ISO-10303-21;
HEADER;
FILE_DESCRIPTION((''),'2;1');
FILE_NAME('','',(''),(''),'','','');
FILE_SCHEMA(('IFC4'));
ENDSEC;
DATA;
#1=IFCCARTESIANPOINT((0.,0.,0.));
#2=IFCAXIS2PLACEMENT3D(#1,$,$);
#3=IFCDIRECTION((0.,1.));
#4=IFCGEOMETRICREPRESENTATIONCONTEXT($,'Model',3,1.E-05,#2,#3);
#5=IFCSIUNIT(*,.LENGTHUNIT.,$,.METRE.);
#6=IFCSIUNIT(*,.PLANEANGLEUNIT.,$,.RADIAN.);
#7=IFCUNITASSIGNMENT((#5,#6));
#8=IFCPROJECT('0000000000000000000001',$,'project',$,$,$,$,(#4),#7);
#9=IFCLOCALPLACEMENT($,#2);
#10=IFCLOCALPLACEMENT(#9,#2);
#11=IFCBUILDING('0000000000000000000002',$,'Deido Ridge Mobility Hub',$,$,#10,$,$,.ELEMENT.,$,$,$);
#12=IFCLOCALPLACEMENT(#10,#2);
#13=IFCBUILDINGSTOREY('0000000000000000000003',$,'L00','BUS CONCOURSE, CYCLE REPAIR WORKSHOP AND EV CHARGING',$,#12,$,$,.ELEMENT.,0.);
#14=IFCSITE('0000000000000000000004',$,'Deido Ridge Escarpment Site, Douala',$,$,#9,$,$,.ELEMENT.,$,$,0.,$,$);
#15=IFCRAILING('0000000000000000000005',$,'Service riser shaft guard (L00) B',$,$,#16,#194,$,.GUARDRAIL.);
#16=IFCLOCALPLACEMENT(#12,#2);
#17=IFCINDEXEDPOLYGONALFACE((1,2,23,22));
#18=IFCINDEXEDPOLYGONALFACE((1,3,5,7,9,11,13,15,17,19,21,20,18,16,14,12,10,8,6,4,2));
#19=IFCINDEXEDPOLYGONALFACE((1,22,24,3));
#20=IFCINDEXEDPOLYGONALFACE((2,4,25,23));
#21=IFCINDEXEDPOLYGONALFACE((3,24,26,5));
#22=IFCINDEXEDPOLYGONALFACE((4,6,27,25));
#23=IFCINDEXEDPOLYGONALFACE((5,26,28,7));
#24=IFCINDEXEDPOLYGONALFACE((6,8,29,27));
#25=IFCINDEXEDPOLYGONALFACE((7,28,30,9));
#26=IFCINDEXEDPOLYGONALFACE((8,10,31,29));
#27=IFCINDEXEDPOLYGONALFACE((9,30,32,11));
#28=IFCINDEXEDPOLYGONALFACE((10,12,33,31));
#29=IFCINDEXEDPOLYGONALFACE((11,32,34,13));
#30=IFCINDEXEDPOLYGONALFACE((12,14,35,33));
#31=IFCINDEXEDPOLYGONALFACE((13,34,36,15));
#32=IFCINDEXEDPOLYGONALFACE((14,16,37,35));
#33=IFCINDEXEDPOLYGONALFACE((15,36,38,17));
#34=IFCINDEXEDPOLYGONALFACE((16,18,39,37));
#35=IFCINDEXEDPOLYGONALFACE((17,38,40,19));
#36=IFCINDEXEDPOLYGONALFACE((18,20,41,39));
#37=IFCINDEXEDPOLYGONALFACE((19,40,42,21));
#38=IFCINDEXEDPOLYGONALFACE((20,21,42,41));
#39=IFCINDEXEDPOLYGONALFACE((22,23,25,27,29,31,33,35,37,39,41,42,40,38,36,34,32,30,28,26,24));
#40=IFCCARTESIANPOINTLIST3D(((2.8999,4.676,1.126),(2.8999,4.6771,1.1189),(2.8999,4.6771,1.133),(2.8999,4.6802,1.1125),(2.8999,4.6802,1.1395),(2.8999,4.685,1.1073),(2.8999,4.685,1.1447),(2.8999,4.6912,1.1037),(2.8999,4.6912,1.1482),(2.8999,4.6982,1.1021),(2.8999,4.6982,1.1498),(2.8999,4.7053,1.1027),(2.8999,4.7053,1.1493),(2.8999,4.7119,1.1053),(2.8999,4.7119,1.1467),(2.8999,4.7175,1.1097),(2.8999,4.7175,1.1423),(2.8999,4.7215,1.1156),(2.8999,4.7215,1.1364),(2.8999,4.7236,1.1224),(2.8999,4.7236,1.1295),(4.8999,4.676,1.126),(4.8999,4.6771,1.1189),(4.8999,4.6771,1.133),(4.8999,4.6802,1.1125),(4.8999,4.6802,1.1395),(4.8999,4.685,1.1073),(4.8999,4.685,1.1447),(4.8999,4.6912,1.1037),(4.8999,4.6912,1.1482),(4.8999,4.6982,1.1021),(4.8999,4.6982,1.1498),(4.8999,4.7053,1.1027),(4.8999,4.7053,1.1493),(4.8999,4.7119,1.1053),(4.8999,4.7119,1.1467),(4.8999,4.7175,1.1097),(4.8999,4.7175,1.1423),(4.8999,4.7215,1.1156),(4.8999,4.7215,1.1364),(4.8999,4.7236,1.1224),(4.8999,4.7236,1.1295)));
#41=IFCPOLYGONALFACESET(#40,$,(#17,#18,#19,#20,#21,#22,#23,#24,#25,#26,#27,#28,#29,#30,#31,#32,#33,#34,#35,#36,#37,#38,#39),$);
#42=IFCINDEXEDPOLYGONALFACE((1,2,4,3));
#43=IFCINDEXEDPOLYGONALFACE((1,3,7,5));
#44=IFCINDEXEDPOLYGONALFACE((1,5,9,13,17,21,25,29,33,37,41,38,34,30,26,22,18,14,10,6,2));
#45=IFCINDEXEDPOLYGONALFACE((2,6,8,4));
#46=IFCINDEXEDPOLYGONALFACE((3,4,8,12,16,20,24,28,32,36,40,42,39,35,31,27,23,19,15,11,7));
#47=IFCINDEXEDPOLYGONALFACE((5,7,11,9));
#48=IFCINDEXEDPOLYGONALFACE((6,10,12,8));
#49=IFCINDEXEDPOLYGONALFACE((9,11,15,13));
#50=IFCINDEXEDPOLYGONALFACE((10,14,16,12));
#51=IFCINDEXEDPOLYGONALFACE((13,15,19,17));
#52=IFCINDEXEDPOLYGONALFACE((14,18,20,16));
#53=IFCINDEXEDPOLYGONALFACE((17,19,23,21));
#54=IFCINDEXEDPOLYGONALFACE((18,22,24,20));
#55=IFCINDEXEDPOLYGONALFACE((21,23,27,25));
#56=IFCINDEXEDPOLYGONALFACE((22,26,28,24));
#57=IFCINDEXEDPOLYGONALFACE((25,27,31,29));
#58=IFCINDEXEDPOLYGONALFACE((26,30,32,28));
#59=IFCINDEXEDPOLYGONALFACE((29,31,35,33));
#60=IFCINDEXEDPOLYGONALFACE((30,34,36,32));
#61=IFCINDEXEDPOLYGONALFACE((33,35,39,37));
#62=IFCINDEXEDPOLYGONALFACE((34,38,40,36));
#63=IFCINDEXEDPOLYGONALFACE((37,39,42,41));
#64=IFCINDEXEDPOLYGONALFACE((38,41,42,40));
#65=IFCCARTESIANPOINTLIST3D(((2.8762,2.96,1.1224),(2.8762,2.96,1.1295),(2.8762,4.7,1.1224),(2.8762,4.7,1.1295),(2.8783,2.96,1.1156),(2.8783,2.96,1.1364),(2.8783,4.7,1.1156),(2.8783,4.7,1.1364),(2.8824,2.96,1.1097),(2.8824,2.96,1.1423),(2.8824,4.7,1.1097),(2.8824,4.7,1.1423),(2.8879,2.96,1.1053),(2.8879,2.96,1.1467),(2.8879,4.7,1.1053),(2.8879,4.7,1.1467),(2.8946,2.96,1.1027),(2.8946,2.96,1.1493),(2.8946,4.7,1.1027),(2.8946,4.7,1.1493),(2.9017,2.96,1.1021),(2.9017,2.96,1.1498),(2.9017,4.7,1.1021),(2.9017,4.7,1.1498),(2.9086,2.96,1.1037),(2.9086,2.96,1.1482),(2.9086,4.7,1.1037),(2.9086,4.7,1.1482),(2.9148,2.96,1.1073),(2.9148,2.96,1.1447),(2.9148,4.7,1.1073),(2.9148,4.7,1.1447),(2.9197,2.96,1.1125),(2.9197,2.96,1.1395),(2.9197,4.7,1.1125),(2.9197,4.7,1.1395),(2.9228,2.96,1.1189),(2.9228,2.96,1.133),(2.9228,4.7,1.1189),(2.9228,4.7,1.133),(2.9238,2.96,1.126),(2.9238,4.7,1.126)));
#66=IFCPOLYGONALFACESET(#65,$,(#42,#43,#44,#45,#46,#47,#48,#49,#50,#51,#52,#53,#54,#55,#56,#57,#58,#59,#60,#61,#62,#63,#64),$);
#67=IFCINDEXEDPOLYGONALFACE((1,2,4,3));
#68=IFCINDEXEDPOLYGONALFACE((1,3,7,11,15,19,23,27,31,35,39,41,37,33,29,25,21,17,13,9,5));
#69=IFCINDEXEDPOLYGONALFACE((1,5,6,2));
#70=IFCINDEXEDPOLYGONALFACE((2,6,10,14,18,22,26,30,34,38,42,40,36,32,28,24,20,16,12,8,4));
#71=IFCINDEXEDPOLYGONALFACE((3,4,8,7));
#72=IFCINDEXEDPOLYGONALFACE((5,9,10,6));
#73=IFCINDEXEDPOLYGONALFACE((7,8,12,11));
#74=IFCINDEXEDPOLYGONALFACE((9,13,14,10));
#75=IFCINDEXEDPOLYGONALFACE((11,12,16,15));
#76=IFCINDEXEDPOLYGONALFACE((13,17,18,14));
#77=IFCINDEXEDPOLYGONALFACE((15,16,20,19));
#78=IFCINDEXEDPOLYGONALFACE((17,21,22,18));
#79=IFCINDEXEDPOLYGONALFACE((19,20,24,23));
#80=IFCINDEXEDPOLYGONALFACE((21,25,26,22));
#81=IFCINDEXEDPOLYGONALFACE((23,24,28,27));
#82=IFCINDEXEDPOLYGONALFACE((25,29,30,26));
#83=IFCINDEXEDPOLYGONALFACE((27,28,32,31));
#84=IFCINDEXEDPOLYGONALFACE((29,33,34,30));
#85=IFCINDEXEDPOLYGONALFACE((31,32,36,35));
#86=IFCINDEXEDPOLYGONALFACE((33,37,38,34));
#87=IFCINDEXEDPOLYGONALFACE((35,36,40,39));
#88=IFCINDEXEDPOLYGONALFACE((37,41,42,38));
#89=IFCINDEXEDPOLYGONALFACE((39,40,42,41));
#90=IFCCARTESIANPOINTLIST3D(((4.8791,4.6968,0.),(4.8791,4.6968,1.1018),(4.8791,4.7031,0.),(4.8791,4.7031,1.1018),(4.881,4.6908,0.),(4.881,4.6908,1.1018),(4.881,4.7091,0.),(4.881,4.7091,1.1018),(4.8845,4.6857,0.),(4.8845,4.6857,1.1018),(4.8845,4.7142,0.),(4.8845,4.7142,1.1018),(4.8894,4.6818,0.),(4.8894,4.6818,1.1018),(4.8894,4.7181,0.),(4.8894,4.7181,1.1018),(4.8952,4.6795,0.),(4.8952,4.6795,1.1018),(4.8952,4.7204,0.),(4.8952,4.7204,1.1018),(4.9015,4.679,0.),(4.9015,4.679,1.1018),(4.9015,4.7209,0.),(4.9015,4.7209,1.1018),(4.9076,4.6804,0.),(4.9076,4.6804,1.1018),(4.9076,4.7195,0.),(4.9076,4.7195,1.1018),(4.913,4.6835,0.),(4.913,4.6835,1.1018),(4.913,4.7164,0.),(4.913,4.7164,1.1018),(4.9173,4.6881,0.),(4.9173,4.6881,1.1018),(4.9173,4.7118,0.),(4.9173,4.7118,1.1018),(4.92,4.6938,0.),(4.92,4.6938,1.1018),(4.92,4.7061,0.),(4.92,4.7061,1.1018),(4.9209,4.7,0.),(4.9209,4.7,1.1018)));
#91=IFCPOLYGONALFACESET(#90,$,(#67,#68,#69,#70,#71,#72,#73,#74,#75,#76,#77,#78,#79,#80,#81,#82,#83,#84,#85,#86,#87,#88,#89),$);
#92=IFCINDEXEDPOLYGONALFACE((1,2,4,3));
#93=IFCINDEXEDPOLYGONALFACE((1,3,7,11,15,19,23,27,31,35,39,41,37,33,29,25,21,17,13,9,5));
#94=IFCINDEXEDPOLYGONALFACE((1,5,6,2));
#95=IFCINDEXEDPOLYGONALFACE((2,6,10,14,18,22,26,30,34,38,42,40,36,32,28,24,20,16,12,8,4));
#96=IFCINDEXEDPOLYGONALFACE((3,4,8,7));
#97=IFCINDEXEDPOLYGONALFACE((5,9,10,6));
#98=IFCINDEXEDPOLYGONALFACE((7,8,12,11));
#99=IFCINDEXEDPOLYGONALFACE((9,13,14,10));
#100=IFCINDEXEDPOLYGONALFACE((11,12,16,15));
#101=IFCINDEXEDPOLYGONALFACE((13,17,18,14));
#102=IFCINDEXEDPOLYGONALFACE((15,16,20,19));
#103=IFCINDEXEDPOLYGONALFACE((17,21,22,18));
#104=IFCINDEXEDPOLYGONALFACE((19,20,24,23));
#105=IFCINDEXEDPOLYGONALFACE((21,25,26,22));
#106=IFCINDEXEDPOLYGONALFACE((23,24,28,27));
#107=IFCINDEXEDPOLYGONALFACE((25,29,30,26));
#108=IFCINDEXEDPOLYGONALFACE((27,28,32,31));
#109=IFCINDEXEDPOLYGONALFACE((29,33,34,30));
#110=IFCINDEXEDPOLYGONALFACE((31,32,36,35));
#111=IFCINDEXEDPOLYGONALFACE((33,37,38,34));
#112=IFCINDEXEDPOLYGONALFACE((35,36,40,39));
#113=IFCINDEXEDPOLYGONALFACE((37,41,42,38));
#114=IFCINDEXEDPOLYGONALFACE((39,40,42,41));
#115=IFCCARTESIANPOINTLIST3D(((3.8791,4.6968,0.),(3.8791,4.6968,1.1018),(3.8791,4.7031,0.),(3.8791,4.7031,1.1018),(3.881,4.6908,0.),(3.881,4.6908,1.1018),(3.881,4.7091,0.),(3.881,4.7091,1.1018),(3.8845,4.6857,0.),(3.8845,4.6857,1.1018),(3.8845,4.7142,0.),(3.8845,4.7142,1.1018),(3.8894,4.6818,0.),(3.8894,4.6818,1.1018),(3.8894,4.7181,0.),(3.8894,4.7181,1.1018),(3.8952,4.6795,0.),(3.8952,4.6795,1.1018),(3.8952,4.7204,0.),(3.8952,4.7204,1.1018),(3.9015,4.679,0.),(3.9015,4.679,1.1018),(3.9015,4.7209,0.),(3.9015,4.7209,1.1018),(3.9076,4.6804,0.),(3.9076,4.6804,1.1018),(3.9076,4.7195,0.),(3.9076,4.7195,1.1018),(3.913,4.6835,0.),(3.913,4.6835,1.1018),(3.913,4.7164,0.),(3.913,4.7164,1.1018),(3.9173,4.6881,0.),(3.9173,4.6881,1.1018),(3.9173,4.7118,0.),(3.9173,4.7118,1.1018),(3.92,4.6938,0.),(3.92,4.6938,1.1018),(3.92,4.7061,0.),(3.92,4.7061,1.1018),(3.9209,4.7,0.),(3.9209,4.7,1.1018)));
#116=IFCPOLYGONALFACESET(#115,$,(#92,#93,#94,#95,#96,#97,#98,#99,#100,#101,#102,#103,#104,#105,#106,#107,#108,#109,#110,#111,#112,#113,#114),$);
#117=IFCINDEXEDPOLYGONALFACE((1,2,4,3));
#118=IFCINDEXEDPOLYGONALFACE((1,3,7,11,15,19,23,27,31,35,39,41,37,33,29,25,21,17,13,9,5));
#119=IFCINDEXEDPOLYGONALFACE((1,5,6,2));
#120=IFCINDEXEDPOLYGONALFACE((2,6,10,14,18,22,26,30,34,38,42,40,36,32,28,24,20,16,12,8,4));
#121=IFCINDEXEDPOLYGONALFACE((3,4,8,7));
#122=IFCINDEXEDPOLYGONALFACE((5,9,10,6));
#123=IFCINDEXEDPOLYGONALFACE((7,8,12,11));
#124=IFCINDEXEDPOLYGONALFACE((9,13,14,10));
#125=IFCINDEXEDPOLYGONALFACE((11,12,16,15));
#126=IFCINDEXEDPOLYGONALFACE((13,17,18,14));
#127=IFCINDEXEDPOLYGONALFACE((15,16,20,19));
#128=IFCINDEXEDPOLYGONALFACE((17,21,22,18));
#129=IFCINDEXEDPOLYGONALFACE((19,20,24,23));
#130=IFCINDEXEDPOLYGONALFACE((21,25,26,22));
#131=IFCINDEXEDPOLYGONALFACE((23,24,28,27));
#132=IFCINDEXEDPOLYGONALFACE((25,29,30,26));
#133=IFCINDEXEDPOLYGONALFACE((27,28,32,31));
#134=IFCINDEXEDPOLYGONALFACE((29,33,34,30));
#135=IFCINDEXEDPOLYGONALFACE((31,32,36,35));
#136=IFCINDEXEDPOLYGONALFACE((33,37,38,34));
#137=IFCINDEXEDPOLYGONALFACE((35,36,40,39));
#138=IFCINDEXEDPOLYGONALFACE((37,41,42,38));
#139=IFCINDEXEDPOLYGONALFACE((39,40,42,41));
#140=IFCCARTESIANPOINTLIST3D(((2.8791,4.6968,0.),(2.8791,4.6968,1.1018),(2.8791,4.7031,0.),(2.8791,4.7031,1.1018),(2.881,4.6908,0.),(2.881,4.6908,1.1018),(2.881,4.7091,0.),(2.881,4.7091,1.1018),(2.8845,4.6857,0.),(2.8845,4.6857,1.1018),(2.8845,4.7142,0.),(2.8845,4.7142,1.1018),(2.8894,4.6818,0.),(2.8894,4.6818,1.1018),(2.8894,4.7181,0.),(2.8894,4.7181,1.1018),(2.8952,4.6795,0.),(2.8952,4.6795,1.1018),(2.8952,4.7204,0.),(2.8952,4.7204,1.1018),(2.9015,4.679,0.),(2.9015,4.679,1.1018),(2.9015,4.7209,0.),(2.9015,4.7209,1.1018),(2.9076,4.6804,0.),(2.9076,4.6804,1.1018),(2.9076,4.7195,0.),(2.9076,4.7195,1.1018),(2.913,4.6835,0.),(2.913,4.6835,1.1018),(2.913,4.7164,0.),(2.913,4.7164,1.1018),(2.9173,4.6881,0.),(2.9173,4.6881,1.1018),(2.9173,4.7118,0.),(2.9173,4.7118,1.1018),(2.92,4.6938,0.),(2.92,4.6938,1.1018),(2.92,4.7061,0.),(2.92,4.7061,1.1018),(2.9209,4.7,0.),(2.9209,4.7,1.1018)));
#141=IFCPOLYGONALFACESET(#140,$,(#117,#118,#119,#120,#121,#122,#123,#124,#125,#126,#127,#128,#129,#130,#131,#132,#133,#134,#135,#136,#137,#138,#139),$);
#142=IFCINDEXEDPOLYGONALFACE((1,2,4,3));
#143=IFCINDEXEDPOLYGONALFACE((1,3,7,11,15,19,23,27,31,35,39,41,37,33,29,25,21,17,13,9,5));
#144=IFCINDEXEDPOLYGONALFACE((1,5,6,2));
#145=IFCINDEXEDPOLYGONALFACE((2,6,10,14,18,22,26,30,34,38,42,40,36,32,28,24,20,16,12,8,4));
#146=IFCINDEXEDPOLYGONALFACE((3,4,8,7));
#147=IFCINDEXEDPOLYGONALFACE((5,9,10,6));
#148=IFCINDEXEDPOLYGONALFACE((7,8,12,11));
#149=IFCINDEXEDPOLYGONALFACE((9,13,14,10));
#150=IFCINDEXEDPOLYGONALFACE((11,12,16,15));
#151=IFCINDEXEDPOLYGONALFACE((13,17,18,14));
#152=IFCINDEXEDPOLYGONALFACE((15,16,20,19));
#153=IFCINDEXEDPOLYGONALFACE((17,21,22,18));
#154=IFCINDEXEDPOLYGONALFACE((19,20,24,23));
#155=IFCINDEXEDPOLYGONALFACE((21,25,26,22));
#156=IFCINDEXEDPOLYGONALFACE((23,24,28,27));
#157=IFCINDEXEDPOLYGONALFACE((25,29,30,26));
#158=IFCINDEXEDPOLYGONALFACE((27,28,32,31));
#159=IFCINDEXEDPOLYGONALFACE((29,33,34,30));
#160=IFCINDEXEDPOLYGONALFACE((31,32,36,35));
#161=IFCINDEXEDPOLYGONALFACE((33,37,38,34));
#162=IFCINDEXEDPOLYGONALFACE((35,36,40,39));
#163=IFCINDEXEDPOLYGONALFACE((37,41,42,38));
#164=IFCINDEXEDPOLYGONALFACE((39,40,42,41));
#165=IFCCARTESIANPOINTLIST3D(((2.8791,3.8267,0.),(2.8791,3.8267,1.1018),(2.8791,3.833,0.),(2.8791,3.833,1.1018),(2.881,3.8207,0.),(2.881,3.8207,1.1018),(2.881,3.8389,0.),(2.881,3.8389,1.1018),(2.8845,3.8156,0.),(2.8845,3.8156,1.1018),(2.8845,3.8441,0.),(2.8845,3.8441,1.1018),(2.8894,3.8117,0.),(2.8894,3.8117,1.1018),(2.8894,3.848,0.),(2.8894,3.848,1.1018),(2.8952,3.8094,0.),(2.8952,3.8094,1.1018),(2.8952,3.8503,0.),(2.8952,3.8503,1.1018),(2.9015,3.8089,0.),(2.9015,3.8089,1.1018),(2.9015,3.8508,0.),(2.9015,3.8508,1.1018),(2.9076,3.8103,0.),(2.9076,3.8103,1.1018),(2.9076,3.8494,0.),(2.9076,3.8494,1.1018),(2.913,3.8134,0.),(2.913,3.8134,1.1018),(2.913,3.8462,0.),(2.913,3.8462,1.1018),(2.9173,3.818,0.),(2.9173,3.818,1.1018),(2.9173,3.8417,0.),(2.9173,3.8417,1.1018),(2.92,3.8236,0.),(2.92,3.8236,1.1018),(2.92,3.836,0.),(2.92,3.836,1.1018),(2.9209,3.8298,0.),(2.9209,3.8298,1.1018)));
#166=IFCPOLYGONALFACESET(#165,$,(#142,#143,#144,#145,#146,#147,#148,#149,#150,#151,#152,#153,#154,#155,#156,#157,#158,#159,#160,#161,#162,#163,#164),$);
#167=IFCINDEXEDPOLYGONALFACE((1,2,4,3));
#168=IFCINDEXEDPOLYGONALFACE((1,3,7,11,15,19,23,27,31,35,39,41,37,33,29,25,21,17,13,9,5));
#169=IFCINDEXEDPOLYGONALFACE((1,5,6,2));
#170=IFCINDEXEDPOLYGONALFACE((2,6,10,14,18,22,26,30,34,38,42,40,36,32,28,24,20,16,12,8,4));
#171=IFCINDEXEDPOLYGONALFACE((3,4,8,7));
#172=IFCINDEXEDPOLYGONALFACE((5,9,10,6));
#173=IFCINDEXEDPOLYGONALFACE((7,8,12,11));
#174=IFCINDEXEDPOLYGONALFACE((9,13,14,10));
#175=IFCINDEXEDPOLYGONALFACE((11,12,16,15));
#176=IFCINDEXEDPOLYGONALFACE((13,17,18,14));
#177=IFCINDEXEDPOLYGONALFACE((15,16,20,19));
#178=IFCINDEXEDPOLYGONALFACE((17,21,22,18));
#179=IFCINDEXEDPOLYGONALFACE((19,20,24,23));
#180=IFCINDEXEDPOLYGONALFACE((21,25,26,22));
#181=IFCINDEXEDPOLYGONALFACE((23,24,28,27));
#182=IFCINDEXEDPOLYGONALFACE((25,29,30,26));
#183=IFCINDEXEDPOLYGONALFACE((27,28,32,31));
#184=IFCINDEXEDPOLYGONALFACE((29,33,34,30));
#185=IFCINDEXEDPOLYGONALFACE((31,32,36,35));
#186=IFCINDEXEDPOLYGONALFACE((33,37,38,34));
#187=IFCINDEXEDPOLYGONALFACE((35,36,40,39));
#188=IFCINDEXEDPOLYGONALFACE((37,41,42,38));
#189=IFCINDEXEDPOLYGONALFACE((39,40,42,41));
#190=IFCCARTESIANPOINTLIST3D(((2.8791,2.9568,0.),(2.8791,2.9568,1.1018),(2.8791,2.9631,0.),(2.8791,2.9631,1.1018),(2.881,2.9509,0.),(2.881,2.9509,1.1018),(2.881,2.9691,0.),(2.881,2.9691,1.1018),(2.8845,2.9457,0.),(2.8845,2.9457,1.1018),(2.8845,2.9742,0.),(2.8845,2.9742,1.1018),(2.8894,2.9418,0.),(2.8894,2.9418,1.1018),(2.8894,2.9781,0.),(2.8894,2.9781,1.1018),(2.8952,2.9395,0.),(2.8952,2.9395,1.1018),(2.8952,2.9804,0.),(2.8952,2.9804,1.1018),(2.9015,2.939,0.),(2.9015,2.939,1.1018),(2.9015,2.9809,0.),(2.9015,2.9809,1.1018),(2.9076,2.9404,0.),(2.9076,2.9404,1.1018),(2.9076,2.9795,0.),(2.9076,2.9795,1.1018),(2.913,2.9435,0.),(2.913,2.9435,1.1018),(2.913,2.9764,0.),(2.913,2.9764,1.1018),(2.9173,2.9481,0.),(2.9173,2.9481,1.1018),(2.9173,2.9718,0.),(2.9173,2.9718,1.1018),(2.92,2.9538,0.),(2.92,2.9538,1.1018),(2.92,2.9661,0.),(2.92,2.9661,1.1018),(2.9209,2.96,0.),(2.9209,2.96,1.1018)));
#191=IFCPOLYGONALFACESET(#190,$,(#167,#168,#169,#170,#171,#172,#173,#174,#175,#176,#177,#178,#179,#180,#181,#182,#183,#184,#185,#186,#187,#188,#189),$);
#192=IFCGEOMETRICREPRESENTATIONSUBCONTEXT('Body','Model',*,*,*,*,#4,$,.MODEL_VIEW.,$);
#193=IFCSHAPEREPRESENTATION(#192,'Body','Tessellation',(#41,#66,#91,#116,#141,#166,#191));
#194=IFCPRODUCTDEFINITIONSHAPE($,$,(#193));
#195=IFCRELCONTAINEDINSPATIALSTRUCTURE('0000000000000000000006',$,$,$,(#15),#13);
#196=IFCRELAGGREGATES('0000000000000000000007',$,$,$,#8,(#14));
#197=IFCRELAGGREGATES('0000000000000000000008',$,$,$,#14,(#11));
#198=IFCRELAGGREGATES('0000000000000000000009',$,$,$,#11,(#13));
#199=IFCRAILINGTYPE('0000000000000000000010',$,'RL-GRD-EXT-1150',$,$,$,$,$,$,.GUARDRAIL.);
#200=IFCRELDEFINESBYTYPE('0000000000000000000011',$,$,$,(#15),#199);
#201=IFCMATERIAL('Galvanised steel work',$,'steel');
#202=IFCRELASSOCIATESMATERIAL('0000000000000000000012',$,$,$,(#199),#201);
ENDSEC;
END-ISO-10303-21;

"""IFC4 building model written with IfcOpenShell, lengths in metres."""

from ifc_helpers import new_model, si_unit, direction, frame, origin, origin_2d, place, context, subcontext, project, spatial, circle, extrude, material, type_object, element, save


model = new_model("IFC4")

# Units and contexts
model_context = context("Model", 3, precision=1e-05, world=origin(), true_north=direction((0.0, 1.0)))
body_context = subcontext(model_context, "Body", "Model", "MODEL_VIEW")
ifc_project = project(units=[si_unit("LENGTHUNIT", "METRE"), si_unit("PLANEANGLEUNIT", "RADIAN")], contexts=[model_context])

# Site, building, storey
site_placement = place(None, origin())
site = spatial("IfcSite", under=ifc_project, at=site_placement, Name="Deido Ridge Escarpment Site, Douala", CompositionType="ELEMENT", RefElevation=0.0)
building_placement = place(site_placement, origin())
building = spatial("IfcBuilding", under=site, at=building_placement, Name="Deido Ridge Mobility Hub", CompositionType="ELEMENT")
storey_placement = place(building_placement, origin())
storey = spatial("IfcBuildingStorey", under=building, at=storey_placement, Name="L00", Description="BUS CONCOURSE, CYCLE REPAIR WORKSHOP AND EV CHARGING", CompositionType="ELEMENT", Elevation=0.0)

# Railing
ifc_material_1 = material(Name="Galvanised steel work", Category="steel")
railing_type_1 = type_object("IfcRailingType", Name="RL-GRD-EXT-1150", PredefinedType="GUARDRAIL", material=ifc_material_1)
railing_1_placement = place(storey_placement, frame((4.8999, 4.7, 0.0)))
element("IfcRailing", 1, at=railing_1_placement, inside=storey, type_object=railing_type_1, Name="Service riser shaft guard (L00) B", PredefinedType="GUARDRAIL", context=body_context, shape_type="SweptSolid", body=[
    extrude(circle(Radius=0.0239, at=origin_2d()), frame((0.0, 0.0, 1.126), z_axis=(-1.0, 0.0, 0.0), x_axis=(0.0, -1.0, 0.0)), (0.0, 0.0, 1.0), 2.0),
    extrude(circle(Radius=0.0239, at=origin_2d()), frame((-2.0, 0.0, 1.126), z_axis=(0.0, -1.0, 0.0), x_axis=(1.0, 0.0, 0.0)), (0.0, 0.0, 1.0), 1.74),
    extrude(circle(Radius=0.021, at=origin_2d()), origin(), (0.0, 0.0, 1.0), 1.1018),
    extrude(circle(Radius=0.021, at=origin_2d()), frame((-1.0, 0.0, 0.0)), (0.0, 0.0, 1.0), 1.1018),
    extrude(circle(Radius=0.021, at=origin_2d()), frame((-2.0, 0.0, 0.0)), (0.0, 0.0, 1.0), 1.1018),
    extrude(circle(Radius=0.021, at=origin_2d()), frame((-2.0, -0.8701, 0.0)), (0.0, 0.0, 1.0), 1.1018),
    extrude(circle(Radius=0.021, at=origin_2d()), frame((-2.0, -1.74, 0.0)), (0.0, 0.0, 1.0), 1.1018),
])

save(model, "model.ifc")
